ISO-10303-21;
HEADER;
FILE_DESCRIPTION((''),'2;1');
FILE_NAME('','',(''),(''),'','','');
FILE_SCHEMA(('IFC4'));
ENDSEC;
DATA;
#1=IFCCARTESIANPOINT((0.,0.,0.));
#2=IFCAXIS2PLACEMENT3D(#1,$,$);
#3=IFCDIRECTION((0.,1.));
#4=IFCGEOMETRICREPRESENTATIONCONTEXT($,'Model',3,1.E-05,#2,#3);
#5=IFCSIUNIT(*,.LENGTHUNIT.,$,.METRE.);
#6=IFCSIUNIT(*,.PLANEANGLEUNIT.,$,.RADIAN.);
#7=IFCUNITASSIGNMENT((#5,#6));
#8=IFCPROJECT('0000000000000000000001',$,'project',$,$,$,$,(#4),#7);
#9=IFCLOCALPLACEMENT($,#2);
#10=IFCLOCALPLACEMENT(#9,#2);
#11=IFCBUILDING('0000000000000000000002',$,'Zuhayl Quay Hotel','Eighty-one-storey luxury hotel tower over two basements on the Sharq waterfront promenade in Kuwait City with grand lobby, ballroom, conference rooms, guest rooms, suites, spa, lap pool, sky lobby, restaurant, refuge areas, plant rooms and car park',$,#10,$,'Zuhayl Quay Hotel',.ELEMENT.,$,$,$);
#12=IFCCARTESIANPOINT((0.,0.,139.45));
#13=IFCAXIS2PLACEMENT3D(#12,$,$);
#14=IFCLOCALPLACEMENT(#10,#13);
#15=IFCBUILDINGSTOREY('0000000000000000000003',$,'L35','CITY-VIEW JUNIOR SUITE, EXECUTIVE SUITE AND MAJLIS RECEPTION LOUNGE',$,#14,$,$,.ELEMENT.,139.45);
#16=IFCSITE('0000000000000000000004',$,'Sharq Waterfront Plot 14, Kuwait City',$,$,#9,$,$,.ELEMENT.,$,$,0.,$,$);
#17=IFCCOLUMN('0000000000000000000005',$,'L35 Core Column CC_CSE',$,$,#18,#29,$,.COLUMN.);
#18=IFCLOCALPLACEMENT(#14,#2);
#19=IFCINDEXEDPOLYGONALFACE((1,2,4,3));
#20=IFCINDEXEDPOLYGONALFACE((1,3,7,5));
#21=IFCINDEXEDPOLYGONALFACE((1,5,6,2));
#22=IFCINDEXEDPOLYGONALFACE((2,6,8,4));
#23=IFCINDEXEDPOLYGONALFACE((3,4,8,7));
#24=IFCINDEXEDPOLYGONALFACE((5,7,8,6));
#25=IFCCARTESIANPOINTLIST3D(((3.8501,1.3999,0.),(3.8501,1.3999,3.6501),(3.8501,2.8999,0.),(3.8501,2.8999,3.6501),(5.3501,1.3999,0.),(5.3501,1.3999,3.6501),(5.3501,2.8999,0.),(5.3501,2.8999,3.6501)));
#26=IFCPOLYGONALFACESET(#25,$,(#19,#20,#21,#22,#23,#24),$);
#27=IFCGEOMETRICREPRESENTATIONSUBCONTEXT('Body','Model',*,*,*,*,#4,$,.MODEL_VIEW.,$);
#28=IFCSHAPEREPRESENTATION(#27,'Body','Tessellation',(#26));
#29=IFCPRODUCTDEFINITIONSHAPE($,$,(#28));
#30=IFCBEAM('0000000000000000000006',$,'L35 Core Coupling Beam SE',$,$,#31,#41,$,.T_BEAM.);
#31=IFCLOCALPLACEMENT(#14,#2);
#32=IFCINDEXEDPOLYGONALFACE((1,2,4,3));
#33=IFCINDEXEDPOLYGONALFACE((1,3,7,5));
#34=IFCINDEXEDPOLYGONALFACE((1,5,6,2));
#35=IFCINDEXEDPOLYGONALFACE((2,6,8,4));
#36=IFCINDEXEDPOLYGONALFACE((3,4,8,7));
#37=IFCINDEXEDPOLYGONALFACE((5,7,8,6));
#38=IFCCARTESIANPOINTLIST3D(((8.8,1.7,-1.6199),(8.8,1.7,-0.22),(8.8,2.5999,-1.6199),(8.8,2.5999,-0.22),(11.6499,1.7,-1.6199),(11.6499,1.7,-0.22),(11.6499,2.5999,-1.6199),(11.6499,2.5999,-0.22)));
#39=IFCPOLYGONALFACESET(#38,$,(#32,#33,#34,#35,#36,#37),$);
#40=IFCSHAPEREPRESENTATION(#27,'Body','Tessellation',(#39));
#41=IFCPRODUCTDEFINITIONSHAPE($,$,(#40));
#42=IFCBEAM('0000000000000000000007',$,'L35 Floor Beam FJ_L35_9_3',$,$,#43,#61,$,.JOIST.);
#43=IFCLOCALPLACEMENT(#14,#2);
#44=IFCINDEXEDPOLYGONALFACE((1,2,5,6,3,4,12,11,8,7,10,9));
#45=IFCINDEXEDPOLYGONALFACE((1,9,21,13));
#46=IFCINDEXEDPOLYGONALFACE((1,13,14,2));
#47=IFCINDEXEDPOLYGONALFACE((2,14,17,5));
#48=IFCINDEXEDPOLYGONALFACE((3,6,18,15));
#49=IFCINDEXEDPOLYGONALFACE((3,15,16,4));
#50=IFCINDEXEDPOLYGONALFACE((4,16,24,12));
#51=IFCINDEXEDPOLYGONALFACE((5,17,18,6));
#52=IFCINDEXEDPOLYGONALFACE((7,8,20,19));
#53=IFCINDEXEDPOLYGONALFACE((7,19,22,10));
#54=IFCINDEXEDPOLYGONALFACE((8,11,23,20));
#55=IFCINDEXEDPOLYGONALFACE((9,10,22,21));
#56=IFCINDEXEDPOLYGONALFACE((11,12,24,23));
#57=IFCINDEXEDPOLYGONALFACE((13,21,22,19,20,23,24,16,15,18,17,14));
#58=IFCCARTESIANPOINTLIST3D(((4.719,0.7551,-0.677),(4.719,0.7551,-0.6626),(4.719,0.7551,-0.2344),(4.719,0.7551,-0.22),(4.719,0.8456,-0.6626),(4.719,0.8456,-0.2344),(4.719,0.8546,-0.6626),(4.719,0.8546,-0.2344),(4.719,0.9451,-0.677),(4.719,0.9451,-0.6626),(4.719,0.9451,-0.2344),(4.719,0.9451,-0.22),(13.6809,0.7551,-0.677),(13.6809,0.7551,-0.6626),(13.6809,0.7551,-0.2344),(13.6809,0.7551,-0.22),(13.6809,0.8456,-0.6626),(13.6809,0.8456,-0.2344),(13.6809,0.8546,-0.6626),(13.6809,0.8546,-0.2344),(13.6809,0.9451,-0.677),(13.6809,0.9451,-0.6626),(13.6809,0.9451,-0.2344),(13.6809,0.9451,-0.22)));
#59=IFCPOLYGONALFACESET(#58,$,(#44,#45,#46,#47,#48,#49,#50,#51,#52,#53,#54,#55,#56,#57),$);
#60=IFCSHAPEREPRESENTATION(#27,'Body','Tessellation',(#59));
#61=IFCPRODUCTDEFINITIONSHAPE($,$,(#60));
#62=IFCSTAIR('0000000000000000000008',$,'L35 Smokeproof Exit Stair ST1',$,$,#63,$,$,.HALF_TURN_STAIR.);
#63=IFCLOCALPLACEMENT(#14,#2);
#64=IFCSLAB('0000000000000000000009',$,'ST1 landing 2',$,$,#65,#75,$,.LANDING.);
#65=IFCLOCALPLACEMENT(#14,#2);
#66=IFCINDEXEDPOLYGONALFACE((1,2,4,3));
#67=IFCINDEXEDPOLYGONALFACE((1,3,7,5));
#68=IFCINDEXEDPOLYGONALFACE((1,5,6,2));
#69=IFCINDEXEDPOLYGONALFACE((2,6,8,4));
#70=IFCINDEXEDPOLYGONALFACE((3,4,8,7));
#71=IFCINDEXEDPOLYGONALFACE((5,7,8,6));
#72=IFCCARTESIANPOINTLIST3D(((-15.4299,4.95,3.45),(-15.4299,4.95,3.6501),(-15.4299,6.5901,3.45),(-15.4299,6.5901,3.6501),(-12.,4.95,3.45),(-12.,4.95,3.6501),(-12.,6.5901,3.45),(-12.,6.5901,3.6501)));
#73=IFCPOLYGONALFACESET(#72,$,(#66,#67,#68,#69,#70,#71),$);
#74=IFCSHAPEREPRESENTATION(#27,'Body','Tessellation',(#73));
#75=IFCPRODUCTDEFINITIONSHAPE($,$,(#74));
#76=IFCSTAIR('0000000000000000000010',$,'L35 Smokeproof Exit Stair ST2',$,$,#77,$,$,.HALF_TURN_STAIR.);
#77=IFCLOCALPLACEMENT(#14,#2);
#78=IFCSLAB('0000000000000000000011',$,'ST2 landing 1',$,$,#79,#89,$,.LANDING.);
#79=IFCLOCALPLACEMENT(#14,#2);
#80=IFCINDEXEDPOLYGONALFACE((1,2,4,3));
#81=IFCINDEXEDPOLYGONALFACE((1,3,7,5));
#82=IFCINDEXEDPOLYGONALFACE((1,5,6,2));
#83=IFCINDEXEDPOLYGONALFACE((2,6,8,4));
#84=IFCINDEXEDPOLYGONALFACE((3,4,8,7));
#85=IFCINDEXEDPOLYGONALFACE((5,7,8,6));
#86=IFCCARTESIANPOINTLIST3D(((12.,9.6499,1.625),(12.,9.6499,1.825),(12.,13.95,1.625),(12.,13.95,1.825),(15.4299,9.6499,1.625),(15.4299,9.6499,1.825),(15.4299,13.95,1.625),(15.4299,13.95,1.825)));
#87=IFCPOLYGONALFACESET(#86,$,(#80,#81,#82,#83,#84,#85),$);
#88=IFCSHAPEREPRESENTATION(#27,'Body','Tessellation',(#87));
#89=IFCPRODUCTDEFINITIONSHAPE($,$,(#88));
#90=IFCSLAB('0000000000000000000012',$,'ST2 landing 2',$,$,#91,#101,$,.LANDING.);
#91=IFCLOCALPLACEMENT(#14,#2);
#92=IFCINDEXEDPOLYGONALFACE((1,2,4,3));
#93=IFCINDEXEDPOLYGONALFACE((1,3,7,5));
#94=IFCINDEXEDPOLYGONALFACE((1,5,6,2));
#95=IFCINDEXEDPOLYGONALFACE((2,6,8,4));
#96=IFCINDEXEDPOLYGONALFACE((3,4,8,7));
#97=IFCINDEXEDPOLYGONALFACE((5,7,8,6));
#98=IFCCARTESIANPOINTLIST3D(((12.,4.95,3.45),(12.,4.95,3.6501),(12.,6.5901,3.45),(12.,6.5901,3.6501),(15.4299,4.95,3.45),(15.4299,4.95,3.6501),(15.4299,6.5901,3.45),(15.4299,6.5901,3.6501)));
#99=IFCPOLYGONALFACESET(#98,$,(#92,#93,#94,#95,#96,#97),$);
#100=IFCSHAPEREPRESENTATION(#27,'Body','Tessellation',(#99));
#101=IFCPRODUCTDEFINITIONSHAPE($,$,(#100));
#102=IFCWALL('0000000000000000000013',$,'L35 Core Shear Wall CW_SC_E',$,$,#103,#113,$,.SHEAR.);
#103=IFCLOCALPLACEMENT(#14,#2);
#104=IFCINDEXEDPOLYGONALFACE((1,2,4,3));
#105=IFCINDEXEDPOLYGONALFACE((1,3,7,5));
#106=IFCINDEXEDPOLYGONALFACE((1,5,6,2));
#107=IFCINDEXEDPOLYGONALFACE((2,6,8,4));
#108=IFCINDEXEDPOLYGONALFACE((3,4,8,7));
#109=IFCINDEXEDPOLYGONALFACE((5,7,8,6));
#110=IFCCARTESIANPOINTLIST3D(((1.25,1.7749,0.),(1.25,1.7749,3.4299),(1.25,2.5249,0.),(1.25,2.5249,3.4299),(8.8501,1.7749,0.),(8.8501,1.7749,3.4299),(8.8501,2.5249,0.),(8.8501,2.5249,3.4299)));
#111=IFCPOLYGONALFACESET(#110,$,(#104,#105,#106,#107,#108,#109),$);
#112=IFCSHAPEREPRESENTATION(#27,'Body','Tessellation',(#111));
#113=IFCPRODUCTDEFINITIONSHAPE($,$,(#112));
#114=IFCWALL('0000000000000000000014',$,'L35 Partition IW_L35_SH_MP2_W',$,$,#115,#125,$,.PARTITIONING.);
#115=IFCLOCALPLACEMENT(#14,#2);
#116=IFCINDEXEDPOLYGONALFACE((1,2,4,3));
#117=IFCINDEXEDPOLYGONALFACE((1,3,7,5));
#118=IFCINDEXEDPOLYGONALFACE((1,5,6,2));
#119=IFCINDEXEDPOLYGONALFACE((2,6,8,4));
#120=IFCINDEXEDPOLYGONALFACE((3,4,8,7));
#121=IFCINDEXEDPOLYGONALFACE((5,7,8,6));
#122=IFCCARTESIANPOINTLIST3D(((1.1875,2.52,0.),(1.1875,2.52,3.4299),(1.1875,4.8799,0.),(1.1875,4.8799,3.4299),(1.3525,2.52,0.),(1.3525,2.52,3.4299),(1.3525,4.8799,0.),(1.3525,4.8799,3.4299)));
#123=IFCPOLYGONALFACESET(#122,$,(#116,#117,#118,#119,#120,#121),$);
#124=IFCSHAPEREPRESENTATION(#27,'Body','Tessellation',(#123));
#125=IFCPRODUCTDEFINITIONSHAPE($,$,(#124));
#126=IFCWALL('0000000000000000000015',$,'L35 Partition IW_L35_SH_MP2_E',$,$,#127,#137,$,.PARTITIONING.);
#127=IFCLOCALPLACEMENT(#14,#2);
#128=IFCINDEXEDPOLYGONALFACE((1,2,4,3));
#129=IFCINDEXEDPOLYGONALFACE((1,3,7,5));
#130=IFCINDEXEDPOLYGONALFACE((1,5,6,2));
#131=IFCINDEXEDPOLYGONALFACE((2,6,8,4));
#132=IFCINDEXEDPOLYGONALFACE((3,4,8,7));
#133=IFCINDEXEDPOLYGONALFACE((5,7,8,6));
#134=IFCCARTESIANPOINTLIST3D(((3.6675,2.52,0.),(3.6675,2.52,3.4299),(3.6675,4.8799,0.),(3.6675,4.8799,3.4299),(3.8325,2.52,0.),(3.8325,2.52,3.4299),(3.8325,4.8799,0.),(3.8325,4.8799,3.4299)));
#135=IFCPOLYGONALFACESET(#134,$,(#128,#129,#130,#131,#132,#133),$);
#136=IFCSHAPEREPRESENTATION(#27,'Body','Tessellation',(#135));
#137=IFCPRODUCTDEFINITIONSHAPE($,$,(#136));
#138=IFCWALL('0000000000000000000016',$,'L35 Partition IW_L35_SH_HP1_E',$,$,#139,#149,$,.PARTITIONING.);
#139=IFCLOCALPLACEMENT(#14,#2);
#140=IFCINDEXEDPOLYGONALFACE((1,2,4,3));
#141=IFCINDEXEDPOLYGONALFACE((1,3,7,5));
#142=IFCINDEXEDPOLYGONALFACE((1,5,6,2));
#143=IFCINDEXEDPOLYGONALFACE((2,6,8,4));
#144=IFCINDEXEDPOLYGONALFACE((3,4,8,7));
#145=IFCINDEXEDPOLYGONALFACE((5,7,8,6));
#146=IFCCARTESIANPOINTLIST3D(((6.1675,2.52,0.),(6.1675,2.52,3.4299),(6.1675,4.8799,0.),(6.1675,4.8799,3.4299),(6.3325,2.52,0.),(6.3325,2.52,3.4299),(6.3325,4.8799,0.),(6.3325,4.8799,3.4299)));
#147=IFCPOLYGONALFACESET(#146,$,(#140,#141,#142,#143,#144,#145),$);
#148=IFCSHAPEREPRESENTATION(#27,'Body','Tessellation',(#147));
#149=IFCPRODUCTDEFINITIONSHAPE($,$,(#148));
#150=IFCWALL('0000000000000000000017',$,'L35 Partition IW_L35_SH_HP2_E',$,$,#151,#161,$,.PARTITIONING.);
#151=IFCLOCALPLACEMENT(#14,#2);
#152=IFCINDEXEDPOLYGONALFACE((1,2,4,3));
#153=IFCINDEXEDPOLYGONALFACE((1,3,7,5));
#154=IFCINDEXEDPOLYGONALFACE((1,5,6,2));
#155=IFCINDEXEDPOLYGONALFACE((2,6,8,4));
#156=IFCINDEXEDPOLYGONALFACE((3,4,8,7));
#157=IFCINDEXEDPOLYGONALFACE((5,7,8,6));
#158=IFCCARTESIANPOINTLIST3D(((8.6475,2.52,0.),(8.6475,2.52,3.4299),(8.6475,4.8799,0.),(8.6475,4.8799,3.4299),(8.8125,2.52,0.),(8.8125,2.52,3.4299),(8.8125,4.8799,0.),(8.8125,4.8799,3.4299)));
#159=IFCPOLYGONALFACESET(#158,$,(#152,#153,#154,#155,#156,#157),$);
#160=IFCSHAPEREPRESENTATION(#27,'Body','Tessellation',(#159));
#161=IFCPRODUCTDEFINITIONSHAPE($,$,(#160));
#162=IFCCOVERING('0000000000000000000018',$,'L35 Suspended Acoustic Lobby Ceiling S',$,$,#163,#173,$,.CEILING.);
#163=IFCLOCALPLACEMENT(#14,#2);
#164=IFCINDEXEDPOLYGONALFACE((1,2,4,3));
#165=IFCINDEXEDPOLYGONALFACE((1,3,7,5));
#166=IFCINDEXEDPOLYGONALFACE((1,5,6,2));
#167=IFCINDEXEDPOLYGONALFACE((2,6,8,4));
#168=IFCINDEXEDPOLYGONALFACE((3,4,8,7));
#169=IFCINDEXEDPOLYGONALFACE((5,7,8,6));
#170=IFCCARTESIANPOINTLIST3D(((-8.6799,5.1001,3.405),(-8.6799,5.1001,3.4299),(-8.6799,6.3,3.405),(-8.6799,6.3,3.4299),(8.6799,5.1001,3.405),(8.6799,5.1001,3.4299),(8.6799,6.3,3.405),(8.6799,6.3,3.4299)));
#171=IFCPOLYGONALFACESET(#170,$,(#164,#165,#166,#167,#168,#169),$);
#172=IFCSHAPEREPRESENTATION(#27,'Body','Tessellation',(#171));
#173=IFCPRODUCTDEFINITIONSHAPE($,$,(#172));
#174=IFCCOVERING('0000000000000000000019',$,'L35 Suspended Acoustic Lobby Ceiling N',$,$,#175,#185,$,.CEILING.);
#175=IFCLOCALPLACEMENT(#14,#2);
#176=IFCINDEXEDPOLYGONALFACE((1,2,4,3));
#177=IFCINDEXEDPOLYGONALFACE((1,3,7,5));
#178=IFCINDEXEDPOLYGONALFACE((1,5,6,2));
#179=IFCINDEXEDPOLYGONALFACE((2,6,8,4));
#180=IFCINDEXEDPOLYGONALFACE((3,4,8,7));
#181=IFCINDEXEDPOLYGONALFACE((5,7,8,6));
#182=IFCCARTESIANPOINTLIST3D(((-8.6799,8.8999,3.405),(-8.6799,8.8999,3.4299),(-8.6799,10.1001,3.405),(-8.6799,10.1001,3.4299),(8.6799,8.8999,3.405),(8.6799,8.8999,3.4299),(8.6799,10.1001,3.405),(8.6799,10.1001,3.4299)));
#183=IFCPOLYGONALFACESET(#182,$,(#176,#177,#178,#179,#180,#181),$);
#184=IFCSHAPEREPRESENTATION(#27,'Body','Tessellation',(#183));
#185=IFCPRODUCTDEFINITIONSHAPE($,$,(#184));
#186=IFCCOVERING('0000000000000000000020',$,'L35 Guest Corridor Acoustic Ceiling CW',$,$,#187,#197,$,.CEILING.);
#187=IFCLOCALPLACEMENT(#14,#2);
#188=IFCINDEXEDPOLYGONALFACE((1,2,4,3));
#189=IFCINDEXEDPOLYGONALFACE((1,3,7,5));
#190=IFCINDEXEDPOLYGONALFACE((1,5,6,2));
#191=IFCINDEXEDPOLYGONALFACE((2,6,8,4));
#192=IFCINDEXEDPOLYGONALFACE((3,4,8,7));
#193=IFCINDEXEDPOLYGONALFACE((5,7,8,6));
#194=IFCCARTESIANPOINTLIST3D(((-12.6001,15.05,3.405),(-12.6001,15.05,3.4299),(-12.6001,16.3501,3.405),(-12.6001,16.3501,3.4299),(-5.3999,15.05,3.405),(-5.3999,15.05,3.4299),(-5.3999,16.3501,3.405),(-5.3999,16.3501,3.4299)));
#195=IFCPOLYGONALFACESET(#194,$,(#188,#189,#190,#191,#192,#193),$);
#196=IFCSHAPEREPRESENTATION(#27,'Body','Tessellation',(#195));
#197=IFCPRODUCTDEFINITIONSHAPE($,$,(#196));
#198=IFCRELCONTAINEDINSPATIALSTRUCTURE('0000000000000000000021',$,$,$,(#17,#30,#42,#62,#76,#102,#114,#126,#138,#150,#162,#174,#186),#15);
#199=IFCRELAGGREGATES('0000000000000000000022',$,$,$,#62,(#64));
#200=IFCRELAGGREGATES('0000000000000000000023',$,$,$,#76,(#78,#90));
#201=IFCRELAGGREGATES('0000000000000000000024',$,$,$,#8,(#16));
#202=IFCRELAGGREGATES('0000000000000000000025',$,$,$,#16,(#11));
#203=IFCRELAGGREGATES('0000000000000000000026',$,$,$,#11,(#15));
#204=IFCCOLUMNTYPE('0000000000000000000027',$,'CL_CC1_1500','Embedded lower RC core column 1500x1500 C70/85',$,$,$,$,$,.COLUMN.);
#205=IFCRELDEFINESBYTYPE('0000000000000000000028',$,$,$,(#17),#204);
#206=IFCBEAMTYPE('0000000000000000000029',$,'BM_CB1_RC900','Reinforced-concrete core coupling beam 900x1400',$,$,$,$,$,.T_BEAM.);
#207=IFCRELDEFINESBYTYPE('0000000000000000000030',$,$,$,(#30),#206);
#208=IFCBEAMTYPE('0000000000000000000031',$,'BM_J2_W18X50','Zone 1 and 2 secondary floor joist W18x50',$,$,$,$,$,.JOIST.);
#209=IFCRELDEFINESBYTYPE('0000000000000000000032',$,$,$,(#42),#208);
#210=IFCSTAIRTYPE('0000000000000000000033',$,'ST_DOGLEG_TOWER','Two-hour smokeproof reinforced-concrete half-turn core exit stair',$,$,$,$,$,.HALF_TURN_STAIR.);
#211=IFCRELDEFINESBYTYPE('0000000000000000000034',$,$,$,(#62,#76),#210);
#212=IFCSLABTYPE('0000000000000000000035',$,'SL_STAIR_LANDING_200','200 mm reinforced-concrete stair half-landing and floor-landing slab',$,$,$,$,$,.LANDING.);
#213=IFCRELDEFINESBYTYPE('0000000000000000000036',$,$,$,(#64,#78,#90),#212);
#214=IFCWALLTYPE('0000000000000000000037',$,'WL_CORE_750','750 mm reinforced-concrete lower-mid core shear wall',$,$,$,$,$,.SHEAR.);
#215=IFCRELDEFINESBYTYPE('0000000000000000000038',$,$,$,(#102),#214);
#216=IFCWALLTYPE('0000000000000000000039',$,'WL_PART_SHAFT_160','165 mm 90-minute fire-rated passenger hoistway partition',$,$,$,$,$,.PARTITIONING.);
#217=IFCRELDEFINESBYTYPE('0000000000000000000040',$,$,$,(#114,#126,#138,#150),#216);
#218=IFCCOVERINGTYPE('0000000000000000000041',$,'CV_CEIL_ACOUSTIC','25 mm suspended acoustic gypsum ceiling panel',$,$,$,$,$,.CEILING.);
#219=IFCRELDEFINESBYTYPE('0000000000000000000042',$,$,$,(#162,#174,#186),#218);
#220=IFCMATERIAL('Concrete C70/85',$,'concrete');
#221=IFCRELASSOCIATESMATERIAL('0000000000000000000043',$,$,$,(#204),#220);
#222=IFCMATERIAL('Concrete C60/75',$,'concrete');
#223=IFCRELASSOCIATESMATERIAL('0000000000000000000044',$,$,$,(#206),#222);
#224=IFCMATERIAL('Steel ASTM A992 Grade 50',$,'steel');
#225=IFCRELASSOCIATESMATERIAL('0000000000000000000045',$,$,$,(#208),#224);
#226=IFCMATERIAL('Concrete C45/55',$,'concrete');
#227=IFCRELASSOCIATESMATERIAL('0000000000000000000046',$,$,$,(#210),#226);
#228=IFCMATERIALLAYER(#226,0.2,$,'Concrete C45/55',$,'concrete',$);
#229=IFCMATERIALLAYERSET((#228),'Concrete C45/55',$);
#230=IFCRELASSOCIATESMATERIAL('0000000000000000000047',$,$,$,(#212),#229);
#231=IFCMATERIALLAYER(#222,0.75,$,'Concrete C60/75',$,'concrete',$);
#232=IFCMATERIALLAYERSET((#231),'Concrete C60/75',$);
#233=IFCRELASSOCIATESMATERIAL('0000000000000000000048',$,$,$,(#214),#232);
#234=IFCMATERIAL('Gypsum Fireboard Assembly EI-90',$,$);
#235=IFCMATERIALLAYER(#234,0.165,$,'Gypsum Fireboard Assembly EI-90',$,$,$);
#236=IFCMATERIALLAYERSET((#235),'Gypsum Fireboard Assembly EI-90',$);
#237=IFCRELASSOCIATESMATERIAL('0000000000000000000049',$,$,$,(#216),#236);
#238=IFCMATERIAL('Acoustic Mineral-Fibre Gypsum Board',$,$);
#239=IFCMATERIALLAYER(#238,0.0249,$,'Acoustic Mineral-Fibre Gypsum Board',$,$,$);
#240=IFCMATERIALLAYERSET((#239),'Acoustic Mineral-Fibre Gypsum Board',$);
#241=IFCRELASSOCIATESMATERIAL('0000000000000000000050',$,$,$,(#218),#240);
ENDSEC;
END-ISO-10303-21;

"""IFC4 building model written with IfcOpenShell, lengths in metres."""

from ifc_helpers import new_model, si_unit, direction, frame, frame_2d, origin, origin_2d, place, context, subcontext, project, spatial, polyline, rectangle, i_section, outline, extrude, material, layer, layer_set, material_profile, profile_set, type_object, element, aggregate, save


model = new_model("IFC4")

# Units and contexts
model_context = context("Model", 3, precision=1e-05, world=origin(), true_north=direction((0.0, 1.0)))
body_context = subcontext(model_context, "Body", "Model", "MODEL_VIEW")
ifc_project = project(units=[si_unit("LENGTHUNIT", "METRE"), si_unit("PLANEANGLEUNIT", "RADIAN")], contexts=[model_context])

# Site, building, storey
site_placement = place(None, origin())
site = spatial("IfcSite", under=ifc_project, at=site_placement, Name="Sharq Waterfront Plot 14, Kuwait City", CompositionType="ELEMENT", RefElevation=0.0)
building_placement = place(site_placement, origin())
building = spatial("IfcBuilding", under=site, at=building_placement, Name="Zuhayl Quay Hotel", Description="Eighty-one-storey luxury hotel tower over two basements on the Sharq waterfront promenade in Kuwait City with grand lobby, ballroom, conference rooms, guest rooms, suites, spa, lap pool, sky lobby, restaurant, refuge areas, plant rooms and car park", LongName="Zuhayl Quay Hotel", CompositionType="ELEMENT")
storey_placement = place(building_placement, frame((0.0, 0.0, 139.45)))
storey = spatial("IfcBuildingStorey", under=building, at=storey_placement, Name="L35", Description="CITY-VIEW JUNIOR SUITE, EXECUTIVE SUITE AND MAJLIS RECEPTION LOUNGE", CompositionType="ELEMENT", Elevation=139.45)

# Column
ifc_material_1 = material(Name="Concrete C70/85", Category="concrete")
ifc_material_profile_1 = material_profile(ifc_material_1, rectangle(XDim=1.5, YDim=1.5, at=origin_2d()), Name="RC1500X1500")
ifc_profile_set_1 = profile_set([ifc_material_profile_1], Name="Concrete C70/85")
column_type = type_object("IfcColumnType", Name="CL_CC1_1500", Description="Embedded lower RC core column 1500x1500 C70/85", PredefinedType="COLUMN", material=ifc_profile_set_1)
column_placement = place(storey_placement, frame((4.6001, 2.1499, 0.0), z_axis=(0.0, 0.0, 1.0), x_axis=(1.0, 0.0, 0.0)))
element("IfcColumn", 1, at=column_placement, inside=storey, type_object=column_type, Name="L35 Core Column CC_CSE", PredefinedType="COLUMN", context=body_context, shape_type="SweptSolid", body=[
    extrude(rectangle(XDim=1.5, YDim=1.5, at=origin_2d()), origin(), (0.0, 0.0, 1.0), 3.6501),
])

# Beams
ifc_material_2 = material(Name="Concrete C60/75", Category="concrete")
ifc_material_profile_2 = material_profile(ifc_material_2, rectangle(XDim=0.8999, YDim=1.3999, at=origin_2d()), Name="RC900X1400")
ifc_profile_set_2 = profile_set([ifc_material_profile_2], Name="Concrete C60/75")
beam_type_1 = type_object("IfcBeamType", Name="BM_CB1_RC900", Description="Reinforced-concrete core coupling beam 900x1400", PredefinedType="T_BEAM", material=ifc_profile_set_2)
beam_1_placement = place(storey_placement, frame((8.8, 2.1499, -0.9199), z_axis=(1.0, 0.0, 0.0), x_axis=(0.0, 1.0, 0.0)))
element("IfcBeam", 2, at=beam_1_placement, inside=storey, type_object=beam_type_1, Name="L35 Core Coupling Beam SE", PredefinedType="T_BEAM", context=body_context, shape_type="SweptSolid", body=[
    extrude(rectangle(XDim=0.8999, YDim=1.3999, at=origin_2d()), origin(), (0.0, 0.0, 1.0), 2.8499),
])
ifc_material_3 = material(Name="Steel ASTM A992 Grade 50", Category="steel")
ifc_material_profile_3 = material_profile(ifc_material_3, i_section(OverallWidth=0.1899, OverallDepth=0.457, WebThickness=0.009, FlangeThickness=0.0144, at=origin_2d()), Name="W18X50")
ifc_profile_set_3 = profile_set([ifc_material_profile_3], Name="Steel ASTM A992 Grade 50")
beam_type_2 = type_object("IfcBeamType", Name="BM_J2_W18X50", Description="Zone 1 and 2 secondary floor joist W18x50", PredefinedType="JOIST", material=ifc_profile_set_3)
beam_2_placement = place(storey_placement, frame((4.719, 0.8501, -0.4485), z_axis=(1.0, 0.0, 0.0), x_axis=(0.0, 1.0, 0.0)))
element("IfcBeam", 3, at=beam_2_placement, inside=storey, type_object=beam_type_2, Name="L35 Floor Beam FJ_L35_9_3", PredefinedType="JOIST", context=body_context, shape_type="SweptSolid", body=[
    extrude(i_section(OverallWidth=0.1899, OverallDepth=0.457, WebThickness=0.009, FlangeThickness=0.0144, at=origin_2d()), origin(), (0.0, 0.0, 1.0), 8.9619),
])

# Stair, slab
ifc_material_4 = material(Name="Concrete C45/55", Category="concrete")
stair_type = type_object("IfcStairType", Name="ST_DOGLEG_TOWER", Description="Two-hour smokeproof reinforced-concrete half-turn core exit stair", PredefinedType="HALF_TURN_STAIR", material=ifc_material_4)
stair_1_placement = place(storey_placement, origin())
stair_1 = element("IfcStair", 4, at=stair_1_placement, inside=storey, type_object=stair_type, Name="L35 Smokeproof Exit Stair ST1", PredefinedType="HALF_TURN_STAIR")
ifc_layer_1 = layer(ifc_material_4, 0.2, Name="Concrete C45/55", Category="concrete")
ifc_layer_set_1 = layer_set([ifc_layer_1], Name="Concrete C45/55")
slab_type = type_object("IfcSlabType", Name="SL_STAIR_LANDING_200", Description="200 mm reinforced-concrete stair half-landing and floor-landing slab", PredefinedType="LANDING", material=ifc_layer_set_1)
slab_1_placement = place(storey_placement, frame((0.0, 0.0, 3.45)))
slab_1 = element("IfcSlab", 5, at=slab_1_placement, type_object=slab_type, Name="ST1 landing 2", PredefinedType="LANDING", context=body_context, shape_type="SweptSolid", body=[
    extrude(outline(polyline([(-12.0, 4.95), (-12.0, 6.5901), (-15.4299, 6.5901), (-15.4299, 4.95), (-12.0, 4.95)])), origin(), (0.0, 0.0, 1.0), 0.2002),
])
aggregate(stair_1, [slab_1])

# Stair, slabs
stair_2_placement = place(storey_placement, origin())
stair_2 = element("IfcStair", 6, at=stair_2_placement, inside=storey, type_object=stair_type, Name="L35 Smokeproof Exit Stair ST2", PredefinedType="HALF_TURN_STAIR")
slab_2_placement = place(storey_placement, frame((0.0, 0.0, 1.625)))
slab_2 = element("IfcSlab", 7, at=slab_2_placement, type_object=slab_type, Name="ST2 landing 1", PredefinedType="LANDING", context=body_context, shape_type="SweptSolid", body=[
    extrude(outline(polyline([(15.4299, 9.6499), (15.4299, 13.95), (12.0, 13.95), (12.0, 9.6499), (15.4299, 9.6499)])), origin(), (0.0, 0.0, 1.0), 0.2),
])
slab_3_placement = place(storey_placement, frame((0.0, 0.0, 3.45)))
slab_3 = element("IfcSlab", 8, at=slab_3_placement, type_object=slab_type, Name="ST2 landing 2", PredefinedType="LANDING", context=body_context, shape_type="SweptSolid", body=[
    extrude(outline(polyline([(15.4299, 4.95), (15.4299, 6.5901), (12.0, 6.5901), (12.0, 4.95), (15.4299, 4.95)])), origin(), (0.0, 0.0, 1.0), 0.2002),
])
aggregate(stair_2, [slab_2, slab_3])

# Walls
ifc_layer_2 = layer(ifc_material_2, 0.75, Name="Concrete C60/75", Category="concrete")
ifc_layer_set_2 = layer_set([ifc_layer_2], Name="Concrete C60/75")
wall_type_1 = type_object("IfcWallType", Name="WL_CORE_750", Description="750 mm reinforced-concrete lower-mid core shear wall", PredefinedType="SHEAR", material=ifc_layer_set_2)
wall_placement = place(storey_placement, frame((1.25, 2.1499, 0.0), z_axis=(0.0, 0.0, 1.0), x_axis=(1.0, 0.0, 0.0)))
element("IfcWall", 9, at=wall_placement, inside=storey, type_object=wall_type_1, Name="L35 Core Shear Wall CW_SC_E", PredefinedType="SHEAR", context=body_context, shape_type="SweptSolid", body=[
    extrude(rectangle(XDim=7.6001, YDim=0.75, at=frame_2d((3.8, 0.0))), origin(), (0.0, 0.0, 1.0), 3.4299),
])
ifc_material_5 = material(Name="Gypsum Fireboard Assembly EI-90")
ifc_layer_3 = layer(ifc_material_5, 0.165, Name="Gypsum Fireboard Assembly EI-90")
ifc_layer_set_3 = layer_set([ifc_layer_3], Name="Gypsum Fireboard Assembly EI-90")
wall_type_2 = type_object("IfcWallType", Name="WL_PART_SHAFT_160", Description="165 mm 90-minute fire-rated passenger hoistway partition", PredefinedType="PARTITIONING", material=ifc_layer_set_3)
for number, where, z_axis, x_axis, name in (
    (10, (1.27, 2.52, 0.0), (0.0, 0.0, 1.0), (0.0, 1.0, 0.0), "L35 Partition IW_L35_SH_MP2_W"),
    (11, (3.75, 2.52, 0.0), (0.0, 0.0, 1.0), (0.0, 1.0, 0.0), "L35 Partition IW_L35_SH_MP2_E"),
    (12, (6.25, 2.52, 0.0), (0.0, 0.0, 1.0), (0.0, 1.0, 0.0), "L35 Partition IW_L35_SH_HP1_E"),
    (13, (8.73, 2.52, 0.0), (0.0, 0.0, 1.0), (0.0, 1.0, 0.0), "L35 Partition IW_L35_SH_HP2_E"),
):
    element("IfcWall", number, at=place(storey_placement, frame(where, z_axis=z_axis, x_axis=x_axis)), inside=storey, type_object=wall_type_2, Name=name, PredefinedType="PARTITIONING", context=body_context, shape_type="SweptSolid", body=[
        extrude(rectangle(XDim=2.3599, YDim=0.165, at=frame_2d((1.1799, 0.0))), origin(), (0.0, 0.0, 1.0), 3.4299),
    ])

# Coverings
ifc_material_6 = material(Name="Acoustic Mineral-Fibre Gypsum Board")
ifc_layer_4 = layer(ifc_material_6, 0.0249, Name="Acoustic Mineral-Fibre Gypsum Board")
ifc_layer_set_4 = layer_set([ifc_layer_4], Name="Acoustic Mineral-Fibre Gypsum Board")
covering_type_1 = type_object("IfcCoveringType", Name="CV_CEIL_ACOUSTIC", Description="25 mm suspended acoustic gypsum ceiling panel", PredefinedType="CEILING", material=ifc_layer_set_4)
covering_1_placement = place(storey_placement, frame((0.0, 0.0, 3.405)))
element("IfcCovering", 14, at=covering_1_placement, inside=storey, type_object=covering_type_1, Name="L35 Suspended Acoustic Lobby Ceiling S", PredefinedType="CEILING", context=body_context, shape_type="SweptSolid", body=[
    extrude(outline(polyline([(-8.6799, 5.1001), (8.6799, 5.1001), (8.6799, 6.3), (-8.6799, 6.3), (-8.6799, 5.1001)])), origin(), (0.0, 0.0, 1.0), 0.0249),
])
covering_2_placement = place(storey_placement, frame((0.0, 0.0, 3.405)))
element("IfcCovering", 15, at=covering_2_placement, inside=storey, type_object=covering_type_1, Name="L35 Suspended Acoustic Lobby Ceiling N", PredefinedType="CEILING", context=body_context, shape_type="SweptSolid", body=[
    extrude(outline(polyline([(-8.6799, 8.8999), (8.6799, 8.8999), (8.6799, 10.1001), (-8.6799, 10.1001), (-8.6799, 8.8999)])), origin(), (0.0, 0.0, 1.0), 0.0249),
])
covering_3_placement = place(storey_placement, frame((0.0, 0.0, 3.405)))
element("IfcCovering", 16, at=covering_3_placement, inside=storey, type_object=covering_type_1, Name="L35 Guest Corridor Acoustic Ceiling CW", PredefinedType="CEILING", context=body_context, shape_type="SweptSolid", body=[
    extrude(outline(polyline([(-12.6001, 15.05), (-5.3999, 15.05), (-5.3999, 16.3501), (-12.6001, 16.3501), (-12.6001, 15.05)])), origin(), (0.0, 0.0, 1.0), 0.0249),
])

save(model, "model.ifc")
